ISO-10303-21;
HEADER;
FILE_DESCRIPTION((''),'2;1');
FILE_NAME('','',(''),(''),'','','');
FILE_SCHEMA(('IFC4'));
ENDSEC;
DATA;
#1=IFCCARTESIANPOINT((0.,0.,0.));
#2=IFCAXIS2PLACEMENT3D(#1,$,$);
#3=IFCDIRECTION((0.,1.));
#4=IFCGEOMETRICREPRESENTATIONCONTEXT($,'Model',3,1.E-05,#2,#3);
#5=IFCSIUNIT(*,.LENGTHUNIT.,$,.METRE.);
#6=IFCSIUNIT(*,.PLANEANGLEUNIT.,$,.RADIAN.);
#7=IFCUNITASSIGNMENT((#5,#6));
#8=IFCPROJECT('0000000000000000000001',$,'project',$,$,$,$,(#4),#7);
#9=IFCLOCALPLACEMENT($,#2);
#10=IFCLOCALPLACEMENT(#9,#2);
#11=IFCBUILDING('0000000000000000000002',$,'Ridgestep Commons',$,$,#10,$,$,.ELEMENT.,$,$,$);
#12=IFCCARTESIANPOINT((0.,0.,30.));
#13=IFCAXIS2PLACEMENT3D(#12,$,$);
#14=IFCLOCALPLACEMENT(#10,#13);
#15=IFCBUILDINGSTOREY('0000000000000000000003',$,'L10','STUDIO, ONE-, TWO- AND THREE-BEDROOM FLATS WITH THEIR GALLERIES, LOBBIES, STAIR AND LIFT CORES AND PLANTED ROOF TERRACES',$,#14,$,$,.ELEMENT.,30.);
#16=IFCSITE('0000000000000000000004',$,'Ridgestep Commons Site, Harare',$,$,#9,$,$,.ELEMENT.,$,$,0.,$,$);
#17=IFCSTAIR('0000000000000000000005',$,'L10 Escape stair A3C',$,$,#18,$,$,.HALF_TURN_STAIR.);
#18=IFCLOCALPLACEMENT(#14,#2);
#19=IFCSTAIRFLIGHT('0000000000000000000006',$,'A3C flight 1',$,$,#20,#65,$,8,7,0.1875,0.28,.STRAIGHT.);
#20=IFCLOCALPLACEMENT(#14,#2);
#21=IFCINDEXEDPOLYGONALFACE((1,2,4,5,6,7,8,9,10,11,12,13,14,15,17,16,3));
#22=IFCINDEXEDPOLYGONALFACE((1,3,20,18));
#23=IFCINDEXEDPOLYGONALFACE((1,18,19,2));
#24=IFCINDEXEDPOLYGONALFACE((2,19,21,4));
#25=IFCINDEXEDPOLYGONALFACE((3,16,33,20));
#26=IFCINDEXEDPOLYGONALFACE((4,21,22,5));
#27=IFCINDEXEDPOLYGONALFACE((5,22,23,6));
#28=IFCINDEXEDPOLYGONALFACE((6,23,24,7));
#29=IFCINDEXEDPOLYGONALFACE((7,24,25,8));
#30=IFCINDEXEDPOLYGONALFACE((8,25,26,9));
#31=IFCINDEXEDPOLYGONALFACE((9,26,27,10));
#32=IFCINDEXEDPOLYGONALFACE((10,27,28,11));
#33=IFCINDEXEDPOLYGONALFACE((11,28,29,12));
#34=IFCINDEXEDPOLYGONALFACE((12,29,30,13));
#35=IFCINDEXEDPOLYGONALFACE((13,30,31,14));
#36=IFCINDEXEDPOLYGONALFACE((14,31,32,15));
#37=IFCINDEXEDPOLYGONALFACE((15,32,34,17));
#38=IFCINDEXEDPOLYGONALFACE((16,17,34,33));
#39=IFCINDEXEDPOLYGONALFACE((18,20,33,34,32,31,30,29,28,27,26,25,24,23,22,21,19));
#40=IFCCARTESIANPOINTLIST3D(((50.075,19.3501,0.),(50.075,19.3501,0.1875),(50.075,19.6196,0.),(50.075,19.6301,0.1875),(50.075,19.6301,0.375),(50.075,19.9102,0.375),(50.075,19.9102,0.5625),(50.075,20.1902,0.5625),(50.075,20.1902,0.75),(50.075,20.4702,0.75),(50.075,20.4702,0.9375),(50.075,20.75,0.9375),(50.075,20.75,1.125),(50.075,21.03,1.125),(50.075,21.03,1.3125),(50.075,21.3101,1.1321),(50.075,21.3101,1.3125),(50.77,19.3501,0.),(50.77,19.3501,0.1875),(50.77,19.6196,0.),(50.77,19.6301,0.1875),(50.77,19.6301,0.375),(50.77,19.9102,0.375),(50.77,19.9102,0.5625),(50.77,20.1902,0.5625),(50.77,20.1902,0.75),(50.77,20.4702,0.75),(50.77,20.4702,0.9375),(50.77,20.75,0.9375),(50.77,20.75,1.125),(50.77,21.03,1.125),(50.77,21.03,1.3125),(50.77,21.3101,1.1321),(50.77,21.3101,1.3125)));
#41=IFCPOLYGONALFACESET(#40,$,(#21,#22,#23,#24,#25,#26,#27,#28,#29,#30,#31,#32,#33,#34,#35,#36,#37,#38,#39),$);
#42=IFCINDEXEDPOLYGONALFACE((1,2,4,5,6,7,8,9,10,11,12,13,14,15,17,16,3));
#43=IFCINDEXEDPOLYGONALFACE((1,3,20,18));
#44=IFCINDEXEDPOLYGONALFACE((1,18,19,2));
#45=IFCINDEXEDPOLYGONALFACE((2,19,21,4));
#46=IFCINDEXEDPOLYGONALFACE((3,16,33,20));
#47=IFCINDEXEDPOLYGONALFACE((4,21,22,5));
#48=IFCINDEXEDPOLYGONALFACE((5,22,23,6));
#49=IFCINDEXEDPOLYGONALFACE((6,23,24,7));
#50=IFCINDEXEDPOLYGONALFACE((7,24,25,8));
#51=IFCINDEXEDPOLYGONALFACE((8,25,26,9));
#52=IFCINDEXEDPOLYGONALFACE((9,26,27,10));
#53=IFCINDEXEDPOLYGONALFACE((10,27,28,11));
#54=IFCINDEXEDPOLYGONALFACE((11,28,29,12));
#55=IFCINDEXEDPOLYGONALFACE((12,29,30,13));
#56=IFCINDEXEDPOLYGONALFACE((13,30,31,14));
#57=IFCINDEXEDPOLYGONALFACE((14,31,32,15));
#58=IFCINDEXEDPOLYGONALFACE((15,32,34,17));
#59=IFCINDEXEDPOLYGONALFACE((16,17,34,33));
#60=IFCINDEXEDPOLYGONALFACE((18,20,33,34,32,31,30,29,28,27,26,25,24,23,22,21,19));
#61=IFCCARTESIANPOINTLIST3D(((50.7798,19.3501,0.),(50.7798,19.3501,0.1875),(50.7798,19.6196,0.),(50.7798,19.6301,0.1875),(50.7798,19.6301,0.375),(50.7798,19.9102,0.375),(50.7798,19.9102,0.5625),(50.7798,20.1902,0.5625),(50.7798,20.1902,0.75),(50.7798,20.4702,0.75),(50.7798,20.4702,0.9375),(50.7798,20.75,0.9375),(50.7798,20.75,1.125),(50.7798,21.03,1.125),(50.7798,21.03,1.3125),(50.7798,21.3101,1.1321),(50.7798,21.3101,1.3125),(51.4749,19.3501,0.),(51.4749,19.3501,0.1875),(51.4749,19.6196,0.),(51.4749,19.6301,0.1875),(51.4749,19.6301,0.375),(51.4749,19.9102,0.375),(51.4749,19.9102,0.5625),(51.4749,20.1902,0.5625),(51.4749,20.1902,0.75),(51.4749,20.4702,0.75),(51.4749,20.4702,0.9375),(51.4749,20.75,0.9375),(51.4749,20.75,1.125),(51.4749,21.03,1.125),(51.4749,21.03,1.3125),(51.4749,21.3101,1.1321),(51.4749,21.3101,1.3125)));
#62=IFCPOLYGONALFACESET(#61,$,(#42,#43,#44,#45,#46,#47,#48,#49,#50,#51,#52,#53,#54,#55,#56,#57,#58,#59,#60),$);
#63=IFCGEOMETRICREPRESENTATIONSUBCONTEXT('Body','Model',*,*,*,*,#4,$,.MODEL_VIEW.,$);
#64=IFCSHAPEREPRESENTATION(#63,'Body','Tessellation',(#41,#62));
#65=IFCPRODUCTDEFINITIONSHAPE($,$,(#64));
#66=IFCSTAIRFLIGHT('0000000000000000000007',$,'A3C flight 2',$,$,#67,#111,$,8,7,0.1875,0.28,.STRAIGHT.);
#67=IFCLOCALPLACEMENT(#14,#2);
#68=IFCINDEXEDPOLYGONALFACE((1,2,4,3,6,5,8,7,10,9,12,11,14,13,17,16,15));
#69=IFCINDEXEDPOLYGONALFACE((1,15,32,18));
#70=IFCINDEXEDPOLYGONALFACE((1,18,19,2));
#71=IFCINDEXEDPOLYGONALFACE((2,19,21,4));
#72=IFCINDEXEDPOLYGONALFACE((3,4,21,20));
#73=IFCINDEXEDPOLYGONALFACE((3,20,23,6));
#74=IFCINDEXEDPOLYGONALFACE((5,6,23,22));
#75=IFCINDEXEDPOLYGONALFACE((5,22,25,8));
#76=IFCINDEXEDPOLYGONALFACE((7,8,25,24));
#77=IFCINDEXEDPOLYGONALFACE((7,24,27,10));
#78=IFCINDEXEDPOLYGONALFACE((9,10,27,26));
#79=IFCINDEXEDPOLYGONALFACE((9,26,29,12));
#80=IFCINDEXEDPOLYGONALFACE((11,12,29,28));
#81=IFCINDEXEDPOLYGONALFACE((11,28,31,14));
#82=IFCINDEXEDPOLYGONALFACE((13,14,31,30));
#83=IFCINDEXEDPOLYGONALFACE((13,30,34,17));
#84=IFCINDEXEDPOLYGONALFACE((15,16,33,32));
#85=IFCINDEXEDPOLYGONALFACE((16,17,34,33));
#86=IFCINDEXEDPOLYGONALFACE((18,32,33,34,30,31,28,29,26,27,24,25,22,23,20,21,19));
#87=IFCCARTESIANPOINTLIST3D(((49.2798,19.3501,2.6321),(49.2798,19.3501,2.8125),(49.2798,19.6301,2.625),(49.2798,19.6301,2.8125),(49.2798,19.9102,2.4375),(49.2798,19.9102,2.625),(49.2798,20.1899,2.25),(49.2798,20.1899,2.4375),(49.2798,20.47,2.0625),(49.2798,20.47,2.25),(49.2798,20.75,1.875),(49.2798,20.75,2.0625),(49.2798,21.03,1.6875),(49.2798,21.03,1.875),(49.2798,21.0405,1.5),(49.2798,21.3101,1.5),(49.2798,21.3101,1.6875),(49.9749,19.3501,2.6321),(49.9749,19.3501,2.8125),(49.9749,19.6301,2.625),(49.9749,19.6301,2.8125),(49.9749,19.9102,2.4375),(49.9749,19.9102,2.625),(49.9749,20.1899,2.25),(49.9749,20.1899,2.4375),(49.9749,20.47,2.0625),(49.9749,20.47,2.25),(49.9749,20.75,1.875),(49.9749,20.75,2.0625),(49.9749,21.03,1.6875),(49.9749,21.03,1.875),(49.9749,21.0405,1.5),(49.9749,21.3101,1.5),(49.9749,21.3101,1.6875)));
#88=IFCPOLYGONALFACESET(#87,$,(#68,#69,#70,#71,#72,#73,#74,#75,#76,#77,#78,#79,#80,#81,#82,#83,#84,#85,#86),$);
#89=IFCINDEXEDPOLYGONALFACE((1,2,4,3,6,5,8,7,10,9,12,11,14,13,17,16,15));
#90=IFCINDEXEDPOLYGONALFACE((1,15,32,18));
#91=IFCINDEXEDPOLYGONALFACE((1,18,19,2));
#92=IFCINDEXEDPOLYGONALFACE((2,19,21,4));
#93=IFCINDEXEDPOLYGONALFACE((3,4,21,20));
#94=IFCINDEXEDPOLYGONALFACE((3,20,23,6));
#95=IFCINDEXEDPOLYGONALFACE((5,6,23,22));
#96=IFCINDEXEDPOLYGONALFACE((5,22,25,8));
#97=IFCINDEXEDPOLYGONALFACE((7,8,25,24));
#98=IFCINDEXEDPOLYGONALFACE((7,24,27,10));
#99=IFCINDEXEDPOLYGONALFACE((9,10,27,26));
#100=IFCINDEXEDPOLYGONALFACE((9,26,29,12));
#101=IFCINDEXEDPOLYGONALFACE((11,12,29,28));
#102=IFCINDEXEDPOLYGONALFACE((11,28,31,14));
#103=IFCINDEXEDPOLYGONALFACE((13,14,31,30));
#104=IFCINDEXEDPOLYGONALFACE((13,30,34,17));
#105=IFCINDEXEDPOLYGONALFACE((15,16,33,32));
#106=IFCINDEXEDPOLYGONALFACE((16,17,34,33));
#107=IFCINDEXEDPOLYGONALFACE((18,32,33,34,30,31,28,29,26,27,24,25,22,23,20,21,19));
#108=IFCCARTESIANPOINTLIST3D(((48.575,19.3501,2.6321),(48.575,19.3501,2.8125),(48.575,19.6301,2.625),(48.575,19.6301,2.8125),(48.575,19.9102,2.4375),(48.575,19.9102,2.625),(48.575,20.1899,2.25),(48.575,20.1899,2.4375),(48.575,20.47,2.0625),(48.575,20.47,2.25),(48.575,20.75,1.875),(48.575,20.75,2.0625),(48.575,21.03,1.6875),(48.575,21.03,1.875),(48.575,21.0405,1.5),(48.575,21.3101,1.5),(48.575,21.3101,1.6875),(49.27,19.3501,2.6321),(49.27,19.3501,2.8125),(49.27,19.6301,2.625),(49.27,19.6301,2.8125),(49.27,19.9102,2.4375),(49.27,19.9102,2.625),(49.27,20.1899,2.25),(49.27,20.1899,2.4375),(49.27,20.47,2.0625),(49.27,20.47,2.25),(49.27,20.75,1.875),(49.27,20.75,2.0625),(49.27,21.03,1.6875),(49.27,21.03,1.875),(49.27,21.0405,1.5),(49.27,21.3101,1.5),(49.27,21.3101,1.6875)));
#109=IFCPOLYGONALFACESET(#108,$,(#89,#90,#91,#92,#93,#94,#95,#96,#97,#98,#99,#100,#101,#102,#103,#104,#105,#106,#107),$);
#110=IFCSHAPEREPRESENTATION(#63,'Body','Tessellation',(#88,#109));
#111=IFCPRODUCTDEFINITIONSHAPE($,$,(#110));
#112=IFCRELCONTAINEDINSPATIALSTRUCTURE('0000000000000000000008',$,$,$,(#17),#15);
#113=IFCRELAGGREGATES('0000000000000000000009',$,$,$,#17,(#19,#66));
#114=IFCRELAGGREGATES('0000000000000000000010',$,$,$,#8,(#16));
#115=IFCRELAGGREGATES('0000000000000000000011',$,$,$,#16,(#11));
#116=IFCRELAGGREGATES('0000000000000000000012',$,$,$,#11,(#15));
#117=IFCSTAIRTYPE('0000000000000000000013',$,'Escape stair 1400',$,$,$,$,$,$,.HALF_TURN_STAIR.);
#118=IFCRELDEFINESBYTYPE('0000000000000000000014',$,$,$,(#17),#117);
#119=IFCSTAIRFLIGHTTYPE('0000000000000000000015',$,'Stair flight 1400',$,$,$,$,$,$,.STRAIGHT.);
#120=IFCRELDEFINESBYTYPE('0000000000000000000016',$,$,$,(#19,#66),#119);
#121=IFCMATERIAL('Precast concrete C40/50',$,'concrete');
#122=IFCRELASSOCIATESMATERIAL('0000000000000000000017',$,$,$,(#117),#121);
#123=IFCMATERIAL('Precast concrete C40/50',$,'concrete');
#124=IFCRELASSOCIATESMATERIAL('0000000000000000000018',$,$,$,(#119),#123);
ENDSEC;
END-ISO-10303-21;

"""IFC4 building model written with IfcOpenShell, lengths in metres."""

from ifc_helpers import new_model, si_unit, direction, frame, origin, place, context, subcontext, project, spatial, polyline, outline, extrude, material, type_object, element, aggregate, save


model = new_model("IFC4")

# Units and contexts
model_context = context("Model", 3, precision=1e-05, world=origin(), true_north=direction((0.0, 1.0)))
body_context = subcontext(model_context, "Body", "Model", "MODEL_VIEW")
ifc_project = project(units=[si_unit("LENGTHUNIT", "METRE"), si_unit("PLANEANGLEUNIT", "RADIAN")], contexts=[model_context])

# Site, building, storey
site_placement = place(None, origin())
site = spatial("IfcSite", under=ifc_project, at=site_placement, Name="Ridgestep Commons Site, Harare", CompositionType="ELEMENT", RefElevation=0.0)
building_placement = place(site_placement, origin())
building = spatial("IfcBuilding", under=site, at=building_placement, Name="Ridgestep Commons", CompositionType="ELEMENT")
storey_placement = place(building_placement, frame((0.0, 0.0, 30.0)))
storey = spatial("IfcBuildingStorey", under=building, at=storey_placement, Name="L10", Description="STUDIO, ONE-, TWO- AND THREE-BEDROOM FLATS WITH THEIR GALLERIES, LOBBIES, STAIR AND LIFT CORES AND PLANTED ROOF TERRACES", CompositionType="ELEMENT", Elevation=30.0)

# Stair, stair flights
ifc_material_1 = material(Name="Precast concrete C40/50", Category="concrete")
stair_type = type_object("IfcStairType", Name="Escape stair 1400", PredefinedType="HALF_TURN_STAIR", material=ifc_material_1)
stair_placement = place(storey_placement, origin())
stair = element("IfcStair", 1, at=stair_placement, inside=storey, type_object=stair_type, Name="L10 Escape stair A3C", PredefinedType="HALF_TURN_STAIR")
ifc_material_2 = material(Name="Precast concrete C40/50", Category="concrete")
stair_flight_type = type_object("IfcStairFlightType", Name="Stair flight 1400", PredefinedType="STRAIGHT", material=ifc_material_2)
stair_flight_1_placement = place(storey_placement, frame((50.7749, 19.3501, 0.0), z_axis=(0.0, 0.0, 1.0), x_axis=(0.0, 1.0, 0.0)))
stair_flight_1 = element("IfcStairFlight", 2, at=stair_flight_1_placement, type_object=stair_flight_type, Name="A3C flight 1", NumberOfRisers=8, NumberOfTreads=7, PredefinedType="STRAIGHT", RiserHeight=0.1875, TreadLength=0.28, context=body_context, shape_type="SweptSolid", body=[
    extrude(outline(polyline([(0.0, 0.0), (0.0, 0.1875), (0.28, 0.1875), (0.28, 0.375), (0.5601, 0.375), (0.5601, 0.5625), (0.8401, 0.5625), (0.8401, 0.75), (1.1201, 0.75), (1.1201, 0.9375), (1.3999, 0.9375), (1.3999, 1.125), (1.6799, 1.125), (1.6799, 1.3125), (1.96, 1.3125), (1.96, 1.5), (1.96, 1.1321), (0.2695, 0.0), (0.0, 0.0)])), frame((0.0, 0.7, 0.0), z_axis=(0.0, -1.0, 0.0), x_axis=(1.0, 0.0, 0.0)), (0.0, 0.0, 1.0), 0.6951),
    extrude(outline(polyline([(0.0, 0.0), (0.0, 0.1875), (0.28, 0.1875), (0.28, 0.375), (0.5601, 0.375), (0.5601, 0.5625), (0.8401, 0.5625), (0.8401, 0.75), (1.1201, 0.75), (1.1201, 0.9375), (1.3999, 0.9375), (1.3999, 1.125), (1.6799, 1.125), (1.6799, 1.3125), (1.96, 1.3125), (1.96, 1.5), (1.96, 1.1321), (0.2695, 0.0), (0.0, 0.0)])), frame((0.0, -0.0049, 0.0), z_axis=(0.0, -1.0, 0.0), x_axis=(1.0, 0.0, 0.0)), (0.0, 0.0, 1.0), 0.6951),
])
stair_flight_2_placement = place(storey_placement, frame((49.2749, 21.3101, 1.5), z_axis=(0.0, 0.0, 1.0), x_axis=(0.0, -1.0, 0.0)))
stair_flight_2 = element("IfcStairFlight", 3, at=stair_flight_2_placement, type_object=stair_flight_type, Name="A3C flight 2", NumberOfRisers=8, NumberOfTreads=7, PredefinedType="STRAIGHT", RiserHeight=0.1875, TreadLength=0.28, context=body_context, shape_type="SweptSolid", body=[
    extrude(outline(polyline([(0.0, 0.0), (0.0, 0.1875), (0.28, 0.1875), (0.28, 0.375), (0.5601, 0.375), (0.5601, 0.5625), (0.8401, 0.5625), (0.8401, 0.75), (1.1201, 0.75), (1.1201, 0.9375), (1.3999, 0.9375), (1.3999, 1.125), (1.6799, 1.125), (1.6799, 1.3125), (1.96, 1.3125), (1.96, 1.5), (1.96, 1.1321), (0.2695, 0.0), (0.0, 0.0)])), frame((0.0, 0.7, 0.0), z_axis=(0.0, -1.0, 0.0), x_axis=(1.0, 0.0, 0.0)), (0.0, 0.0, 1.0), 0.6951),
    extrude(outline(polyline([(0.0, 0.0), (0.0, 0.1875), (0.28, 0.1875), (0.28, 0.375), (0.5601, 0.375), (0.5601, 0.5625), (0.8401, 0.5625), (0.8401, 0.75), (1.1201, 0.75), (1.1201, 0.9375), (1.3999, 0.9375), (1.3999, 1.125), (1.6799, 1.125), (1.6799, 1.3125), (1.96, 1.3125), (1.96, 1.5), (1.96, 1.1321), (0.2695, 0.0), (0.0, 0.0)])), frame((0.0, -0.0049, 0.0), z_axis=(0.0, -1.0, 0.0), x_axis=(1.0, 0.0, 0.0)), (0.0, 0.0, 1.0), 0.6951),
])
aggregate(stair, [stair_flight_1, stair_flight_2])

save(model, "model.ifc")
